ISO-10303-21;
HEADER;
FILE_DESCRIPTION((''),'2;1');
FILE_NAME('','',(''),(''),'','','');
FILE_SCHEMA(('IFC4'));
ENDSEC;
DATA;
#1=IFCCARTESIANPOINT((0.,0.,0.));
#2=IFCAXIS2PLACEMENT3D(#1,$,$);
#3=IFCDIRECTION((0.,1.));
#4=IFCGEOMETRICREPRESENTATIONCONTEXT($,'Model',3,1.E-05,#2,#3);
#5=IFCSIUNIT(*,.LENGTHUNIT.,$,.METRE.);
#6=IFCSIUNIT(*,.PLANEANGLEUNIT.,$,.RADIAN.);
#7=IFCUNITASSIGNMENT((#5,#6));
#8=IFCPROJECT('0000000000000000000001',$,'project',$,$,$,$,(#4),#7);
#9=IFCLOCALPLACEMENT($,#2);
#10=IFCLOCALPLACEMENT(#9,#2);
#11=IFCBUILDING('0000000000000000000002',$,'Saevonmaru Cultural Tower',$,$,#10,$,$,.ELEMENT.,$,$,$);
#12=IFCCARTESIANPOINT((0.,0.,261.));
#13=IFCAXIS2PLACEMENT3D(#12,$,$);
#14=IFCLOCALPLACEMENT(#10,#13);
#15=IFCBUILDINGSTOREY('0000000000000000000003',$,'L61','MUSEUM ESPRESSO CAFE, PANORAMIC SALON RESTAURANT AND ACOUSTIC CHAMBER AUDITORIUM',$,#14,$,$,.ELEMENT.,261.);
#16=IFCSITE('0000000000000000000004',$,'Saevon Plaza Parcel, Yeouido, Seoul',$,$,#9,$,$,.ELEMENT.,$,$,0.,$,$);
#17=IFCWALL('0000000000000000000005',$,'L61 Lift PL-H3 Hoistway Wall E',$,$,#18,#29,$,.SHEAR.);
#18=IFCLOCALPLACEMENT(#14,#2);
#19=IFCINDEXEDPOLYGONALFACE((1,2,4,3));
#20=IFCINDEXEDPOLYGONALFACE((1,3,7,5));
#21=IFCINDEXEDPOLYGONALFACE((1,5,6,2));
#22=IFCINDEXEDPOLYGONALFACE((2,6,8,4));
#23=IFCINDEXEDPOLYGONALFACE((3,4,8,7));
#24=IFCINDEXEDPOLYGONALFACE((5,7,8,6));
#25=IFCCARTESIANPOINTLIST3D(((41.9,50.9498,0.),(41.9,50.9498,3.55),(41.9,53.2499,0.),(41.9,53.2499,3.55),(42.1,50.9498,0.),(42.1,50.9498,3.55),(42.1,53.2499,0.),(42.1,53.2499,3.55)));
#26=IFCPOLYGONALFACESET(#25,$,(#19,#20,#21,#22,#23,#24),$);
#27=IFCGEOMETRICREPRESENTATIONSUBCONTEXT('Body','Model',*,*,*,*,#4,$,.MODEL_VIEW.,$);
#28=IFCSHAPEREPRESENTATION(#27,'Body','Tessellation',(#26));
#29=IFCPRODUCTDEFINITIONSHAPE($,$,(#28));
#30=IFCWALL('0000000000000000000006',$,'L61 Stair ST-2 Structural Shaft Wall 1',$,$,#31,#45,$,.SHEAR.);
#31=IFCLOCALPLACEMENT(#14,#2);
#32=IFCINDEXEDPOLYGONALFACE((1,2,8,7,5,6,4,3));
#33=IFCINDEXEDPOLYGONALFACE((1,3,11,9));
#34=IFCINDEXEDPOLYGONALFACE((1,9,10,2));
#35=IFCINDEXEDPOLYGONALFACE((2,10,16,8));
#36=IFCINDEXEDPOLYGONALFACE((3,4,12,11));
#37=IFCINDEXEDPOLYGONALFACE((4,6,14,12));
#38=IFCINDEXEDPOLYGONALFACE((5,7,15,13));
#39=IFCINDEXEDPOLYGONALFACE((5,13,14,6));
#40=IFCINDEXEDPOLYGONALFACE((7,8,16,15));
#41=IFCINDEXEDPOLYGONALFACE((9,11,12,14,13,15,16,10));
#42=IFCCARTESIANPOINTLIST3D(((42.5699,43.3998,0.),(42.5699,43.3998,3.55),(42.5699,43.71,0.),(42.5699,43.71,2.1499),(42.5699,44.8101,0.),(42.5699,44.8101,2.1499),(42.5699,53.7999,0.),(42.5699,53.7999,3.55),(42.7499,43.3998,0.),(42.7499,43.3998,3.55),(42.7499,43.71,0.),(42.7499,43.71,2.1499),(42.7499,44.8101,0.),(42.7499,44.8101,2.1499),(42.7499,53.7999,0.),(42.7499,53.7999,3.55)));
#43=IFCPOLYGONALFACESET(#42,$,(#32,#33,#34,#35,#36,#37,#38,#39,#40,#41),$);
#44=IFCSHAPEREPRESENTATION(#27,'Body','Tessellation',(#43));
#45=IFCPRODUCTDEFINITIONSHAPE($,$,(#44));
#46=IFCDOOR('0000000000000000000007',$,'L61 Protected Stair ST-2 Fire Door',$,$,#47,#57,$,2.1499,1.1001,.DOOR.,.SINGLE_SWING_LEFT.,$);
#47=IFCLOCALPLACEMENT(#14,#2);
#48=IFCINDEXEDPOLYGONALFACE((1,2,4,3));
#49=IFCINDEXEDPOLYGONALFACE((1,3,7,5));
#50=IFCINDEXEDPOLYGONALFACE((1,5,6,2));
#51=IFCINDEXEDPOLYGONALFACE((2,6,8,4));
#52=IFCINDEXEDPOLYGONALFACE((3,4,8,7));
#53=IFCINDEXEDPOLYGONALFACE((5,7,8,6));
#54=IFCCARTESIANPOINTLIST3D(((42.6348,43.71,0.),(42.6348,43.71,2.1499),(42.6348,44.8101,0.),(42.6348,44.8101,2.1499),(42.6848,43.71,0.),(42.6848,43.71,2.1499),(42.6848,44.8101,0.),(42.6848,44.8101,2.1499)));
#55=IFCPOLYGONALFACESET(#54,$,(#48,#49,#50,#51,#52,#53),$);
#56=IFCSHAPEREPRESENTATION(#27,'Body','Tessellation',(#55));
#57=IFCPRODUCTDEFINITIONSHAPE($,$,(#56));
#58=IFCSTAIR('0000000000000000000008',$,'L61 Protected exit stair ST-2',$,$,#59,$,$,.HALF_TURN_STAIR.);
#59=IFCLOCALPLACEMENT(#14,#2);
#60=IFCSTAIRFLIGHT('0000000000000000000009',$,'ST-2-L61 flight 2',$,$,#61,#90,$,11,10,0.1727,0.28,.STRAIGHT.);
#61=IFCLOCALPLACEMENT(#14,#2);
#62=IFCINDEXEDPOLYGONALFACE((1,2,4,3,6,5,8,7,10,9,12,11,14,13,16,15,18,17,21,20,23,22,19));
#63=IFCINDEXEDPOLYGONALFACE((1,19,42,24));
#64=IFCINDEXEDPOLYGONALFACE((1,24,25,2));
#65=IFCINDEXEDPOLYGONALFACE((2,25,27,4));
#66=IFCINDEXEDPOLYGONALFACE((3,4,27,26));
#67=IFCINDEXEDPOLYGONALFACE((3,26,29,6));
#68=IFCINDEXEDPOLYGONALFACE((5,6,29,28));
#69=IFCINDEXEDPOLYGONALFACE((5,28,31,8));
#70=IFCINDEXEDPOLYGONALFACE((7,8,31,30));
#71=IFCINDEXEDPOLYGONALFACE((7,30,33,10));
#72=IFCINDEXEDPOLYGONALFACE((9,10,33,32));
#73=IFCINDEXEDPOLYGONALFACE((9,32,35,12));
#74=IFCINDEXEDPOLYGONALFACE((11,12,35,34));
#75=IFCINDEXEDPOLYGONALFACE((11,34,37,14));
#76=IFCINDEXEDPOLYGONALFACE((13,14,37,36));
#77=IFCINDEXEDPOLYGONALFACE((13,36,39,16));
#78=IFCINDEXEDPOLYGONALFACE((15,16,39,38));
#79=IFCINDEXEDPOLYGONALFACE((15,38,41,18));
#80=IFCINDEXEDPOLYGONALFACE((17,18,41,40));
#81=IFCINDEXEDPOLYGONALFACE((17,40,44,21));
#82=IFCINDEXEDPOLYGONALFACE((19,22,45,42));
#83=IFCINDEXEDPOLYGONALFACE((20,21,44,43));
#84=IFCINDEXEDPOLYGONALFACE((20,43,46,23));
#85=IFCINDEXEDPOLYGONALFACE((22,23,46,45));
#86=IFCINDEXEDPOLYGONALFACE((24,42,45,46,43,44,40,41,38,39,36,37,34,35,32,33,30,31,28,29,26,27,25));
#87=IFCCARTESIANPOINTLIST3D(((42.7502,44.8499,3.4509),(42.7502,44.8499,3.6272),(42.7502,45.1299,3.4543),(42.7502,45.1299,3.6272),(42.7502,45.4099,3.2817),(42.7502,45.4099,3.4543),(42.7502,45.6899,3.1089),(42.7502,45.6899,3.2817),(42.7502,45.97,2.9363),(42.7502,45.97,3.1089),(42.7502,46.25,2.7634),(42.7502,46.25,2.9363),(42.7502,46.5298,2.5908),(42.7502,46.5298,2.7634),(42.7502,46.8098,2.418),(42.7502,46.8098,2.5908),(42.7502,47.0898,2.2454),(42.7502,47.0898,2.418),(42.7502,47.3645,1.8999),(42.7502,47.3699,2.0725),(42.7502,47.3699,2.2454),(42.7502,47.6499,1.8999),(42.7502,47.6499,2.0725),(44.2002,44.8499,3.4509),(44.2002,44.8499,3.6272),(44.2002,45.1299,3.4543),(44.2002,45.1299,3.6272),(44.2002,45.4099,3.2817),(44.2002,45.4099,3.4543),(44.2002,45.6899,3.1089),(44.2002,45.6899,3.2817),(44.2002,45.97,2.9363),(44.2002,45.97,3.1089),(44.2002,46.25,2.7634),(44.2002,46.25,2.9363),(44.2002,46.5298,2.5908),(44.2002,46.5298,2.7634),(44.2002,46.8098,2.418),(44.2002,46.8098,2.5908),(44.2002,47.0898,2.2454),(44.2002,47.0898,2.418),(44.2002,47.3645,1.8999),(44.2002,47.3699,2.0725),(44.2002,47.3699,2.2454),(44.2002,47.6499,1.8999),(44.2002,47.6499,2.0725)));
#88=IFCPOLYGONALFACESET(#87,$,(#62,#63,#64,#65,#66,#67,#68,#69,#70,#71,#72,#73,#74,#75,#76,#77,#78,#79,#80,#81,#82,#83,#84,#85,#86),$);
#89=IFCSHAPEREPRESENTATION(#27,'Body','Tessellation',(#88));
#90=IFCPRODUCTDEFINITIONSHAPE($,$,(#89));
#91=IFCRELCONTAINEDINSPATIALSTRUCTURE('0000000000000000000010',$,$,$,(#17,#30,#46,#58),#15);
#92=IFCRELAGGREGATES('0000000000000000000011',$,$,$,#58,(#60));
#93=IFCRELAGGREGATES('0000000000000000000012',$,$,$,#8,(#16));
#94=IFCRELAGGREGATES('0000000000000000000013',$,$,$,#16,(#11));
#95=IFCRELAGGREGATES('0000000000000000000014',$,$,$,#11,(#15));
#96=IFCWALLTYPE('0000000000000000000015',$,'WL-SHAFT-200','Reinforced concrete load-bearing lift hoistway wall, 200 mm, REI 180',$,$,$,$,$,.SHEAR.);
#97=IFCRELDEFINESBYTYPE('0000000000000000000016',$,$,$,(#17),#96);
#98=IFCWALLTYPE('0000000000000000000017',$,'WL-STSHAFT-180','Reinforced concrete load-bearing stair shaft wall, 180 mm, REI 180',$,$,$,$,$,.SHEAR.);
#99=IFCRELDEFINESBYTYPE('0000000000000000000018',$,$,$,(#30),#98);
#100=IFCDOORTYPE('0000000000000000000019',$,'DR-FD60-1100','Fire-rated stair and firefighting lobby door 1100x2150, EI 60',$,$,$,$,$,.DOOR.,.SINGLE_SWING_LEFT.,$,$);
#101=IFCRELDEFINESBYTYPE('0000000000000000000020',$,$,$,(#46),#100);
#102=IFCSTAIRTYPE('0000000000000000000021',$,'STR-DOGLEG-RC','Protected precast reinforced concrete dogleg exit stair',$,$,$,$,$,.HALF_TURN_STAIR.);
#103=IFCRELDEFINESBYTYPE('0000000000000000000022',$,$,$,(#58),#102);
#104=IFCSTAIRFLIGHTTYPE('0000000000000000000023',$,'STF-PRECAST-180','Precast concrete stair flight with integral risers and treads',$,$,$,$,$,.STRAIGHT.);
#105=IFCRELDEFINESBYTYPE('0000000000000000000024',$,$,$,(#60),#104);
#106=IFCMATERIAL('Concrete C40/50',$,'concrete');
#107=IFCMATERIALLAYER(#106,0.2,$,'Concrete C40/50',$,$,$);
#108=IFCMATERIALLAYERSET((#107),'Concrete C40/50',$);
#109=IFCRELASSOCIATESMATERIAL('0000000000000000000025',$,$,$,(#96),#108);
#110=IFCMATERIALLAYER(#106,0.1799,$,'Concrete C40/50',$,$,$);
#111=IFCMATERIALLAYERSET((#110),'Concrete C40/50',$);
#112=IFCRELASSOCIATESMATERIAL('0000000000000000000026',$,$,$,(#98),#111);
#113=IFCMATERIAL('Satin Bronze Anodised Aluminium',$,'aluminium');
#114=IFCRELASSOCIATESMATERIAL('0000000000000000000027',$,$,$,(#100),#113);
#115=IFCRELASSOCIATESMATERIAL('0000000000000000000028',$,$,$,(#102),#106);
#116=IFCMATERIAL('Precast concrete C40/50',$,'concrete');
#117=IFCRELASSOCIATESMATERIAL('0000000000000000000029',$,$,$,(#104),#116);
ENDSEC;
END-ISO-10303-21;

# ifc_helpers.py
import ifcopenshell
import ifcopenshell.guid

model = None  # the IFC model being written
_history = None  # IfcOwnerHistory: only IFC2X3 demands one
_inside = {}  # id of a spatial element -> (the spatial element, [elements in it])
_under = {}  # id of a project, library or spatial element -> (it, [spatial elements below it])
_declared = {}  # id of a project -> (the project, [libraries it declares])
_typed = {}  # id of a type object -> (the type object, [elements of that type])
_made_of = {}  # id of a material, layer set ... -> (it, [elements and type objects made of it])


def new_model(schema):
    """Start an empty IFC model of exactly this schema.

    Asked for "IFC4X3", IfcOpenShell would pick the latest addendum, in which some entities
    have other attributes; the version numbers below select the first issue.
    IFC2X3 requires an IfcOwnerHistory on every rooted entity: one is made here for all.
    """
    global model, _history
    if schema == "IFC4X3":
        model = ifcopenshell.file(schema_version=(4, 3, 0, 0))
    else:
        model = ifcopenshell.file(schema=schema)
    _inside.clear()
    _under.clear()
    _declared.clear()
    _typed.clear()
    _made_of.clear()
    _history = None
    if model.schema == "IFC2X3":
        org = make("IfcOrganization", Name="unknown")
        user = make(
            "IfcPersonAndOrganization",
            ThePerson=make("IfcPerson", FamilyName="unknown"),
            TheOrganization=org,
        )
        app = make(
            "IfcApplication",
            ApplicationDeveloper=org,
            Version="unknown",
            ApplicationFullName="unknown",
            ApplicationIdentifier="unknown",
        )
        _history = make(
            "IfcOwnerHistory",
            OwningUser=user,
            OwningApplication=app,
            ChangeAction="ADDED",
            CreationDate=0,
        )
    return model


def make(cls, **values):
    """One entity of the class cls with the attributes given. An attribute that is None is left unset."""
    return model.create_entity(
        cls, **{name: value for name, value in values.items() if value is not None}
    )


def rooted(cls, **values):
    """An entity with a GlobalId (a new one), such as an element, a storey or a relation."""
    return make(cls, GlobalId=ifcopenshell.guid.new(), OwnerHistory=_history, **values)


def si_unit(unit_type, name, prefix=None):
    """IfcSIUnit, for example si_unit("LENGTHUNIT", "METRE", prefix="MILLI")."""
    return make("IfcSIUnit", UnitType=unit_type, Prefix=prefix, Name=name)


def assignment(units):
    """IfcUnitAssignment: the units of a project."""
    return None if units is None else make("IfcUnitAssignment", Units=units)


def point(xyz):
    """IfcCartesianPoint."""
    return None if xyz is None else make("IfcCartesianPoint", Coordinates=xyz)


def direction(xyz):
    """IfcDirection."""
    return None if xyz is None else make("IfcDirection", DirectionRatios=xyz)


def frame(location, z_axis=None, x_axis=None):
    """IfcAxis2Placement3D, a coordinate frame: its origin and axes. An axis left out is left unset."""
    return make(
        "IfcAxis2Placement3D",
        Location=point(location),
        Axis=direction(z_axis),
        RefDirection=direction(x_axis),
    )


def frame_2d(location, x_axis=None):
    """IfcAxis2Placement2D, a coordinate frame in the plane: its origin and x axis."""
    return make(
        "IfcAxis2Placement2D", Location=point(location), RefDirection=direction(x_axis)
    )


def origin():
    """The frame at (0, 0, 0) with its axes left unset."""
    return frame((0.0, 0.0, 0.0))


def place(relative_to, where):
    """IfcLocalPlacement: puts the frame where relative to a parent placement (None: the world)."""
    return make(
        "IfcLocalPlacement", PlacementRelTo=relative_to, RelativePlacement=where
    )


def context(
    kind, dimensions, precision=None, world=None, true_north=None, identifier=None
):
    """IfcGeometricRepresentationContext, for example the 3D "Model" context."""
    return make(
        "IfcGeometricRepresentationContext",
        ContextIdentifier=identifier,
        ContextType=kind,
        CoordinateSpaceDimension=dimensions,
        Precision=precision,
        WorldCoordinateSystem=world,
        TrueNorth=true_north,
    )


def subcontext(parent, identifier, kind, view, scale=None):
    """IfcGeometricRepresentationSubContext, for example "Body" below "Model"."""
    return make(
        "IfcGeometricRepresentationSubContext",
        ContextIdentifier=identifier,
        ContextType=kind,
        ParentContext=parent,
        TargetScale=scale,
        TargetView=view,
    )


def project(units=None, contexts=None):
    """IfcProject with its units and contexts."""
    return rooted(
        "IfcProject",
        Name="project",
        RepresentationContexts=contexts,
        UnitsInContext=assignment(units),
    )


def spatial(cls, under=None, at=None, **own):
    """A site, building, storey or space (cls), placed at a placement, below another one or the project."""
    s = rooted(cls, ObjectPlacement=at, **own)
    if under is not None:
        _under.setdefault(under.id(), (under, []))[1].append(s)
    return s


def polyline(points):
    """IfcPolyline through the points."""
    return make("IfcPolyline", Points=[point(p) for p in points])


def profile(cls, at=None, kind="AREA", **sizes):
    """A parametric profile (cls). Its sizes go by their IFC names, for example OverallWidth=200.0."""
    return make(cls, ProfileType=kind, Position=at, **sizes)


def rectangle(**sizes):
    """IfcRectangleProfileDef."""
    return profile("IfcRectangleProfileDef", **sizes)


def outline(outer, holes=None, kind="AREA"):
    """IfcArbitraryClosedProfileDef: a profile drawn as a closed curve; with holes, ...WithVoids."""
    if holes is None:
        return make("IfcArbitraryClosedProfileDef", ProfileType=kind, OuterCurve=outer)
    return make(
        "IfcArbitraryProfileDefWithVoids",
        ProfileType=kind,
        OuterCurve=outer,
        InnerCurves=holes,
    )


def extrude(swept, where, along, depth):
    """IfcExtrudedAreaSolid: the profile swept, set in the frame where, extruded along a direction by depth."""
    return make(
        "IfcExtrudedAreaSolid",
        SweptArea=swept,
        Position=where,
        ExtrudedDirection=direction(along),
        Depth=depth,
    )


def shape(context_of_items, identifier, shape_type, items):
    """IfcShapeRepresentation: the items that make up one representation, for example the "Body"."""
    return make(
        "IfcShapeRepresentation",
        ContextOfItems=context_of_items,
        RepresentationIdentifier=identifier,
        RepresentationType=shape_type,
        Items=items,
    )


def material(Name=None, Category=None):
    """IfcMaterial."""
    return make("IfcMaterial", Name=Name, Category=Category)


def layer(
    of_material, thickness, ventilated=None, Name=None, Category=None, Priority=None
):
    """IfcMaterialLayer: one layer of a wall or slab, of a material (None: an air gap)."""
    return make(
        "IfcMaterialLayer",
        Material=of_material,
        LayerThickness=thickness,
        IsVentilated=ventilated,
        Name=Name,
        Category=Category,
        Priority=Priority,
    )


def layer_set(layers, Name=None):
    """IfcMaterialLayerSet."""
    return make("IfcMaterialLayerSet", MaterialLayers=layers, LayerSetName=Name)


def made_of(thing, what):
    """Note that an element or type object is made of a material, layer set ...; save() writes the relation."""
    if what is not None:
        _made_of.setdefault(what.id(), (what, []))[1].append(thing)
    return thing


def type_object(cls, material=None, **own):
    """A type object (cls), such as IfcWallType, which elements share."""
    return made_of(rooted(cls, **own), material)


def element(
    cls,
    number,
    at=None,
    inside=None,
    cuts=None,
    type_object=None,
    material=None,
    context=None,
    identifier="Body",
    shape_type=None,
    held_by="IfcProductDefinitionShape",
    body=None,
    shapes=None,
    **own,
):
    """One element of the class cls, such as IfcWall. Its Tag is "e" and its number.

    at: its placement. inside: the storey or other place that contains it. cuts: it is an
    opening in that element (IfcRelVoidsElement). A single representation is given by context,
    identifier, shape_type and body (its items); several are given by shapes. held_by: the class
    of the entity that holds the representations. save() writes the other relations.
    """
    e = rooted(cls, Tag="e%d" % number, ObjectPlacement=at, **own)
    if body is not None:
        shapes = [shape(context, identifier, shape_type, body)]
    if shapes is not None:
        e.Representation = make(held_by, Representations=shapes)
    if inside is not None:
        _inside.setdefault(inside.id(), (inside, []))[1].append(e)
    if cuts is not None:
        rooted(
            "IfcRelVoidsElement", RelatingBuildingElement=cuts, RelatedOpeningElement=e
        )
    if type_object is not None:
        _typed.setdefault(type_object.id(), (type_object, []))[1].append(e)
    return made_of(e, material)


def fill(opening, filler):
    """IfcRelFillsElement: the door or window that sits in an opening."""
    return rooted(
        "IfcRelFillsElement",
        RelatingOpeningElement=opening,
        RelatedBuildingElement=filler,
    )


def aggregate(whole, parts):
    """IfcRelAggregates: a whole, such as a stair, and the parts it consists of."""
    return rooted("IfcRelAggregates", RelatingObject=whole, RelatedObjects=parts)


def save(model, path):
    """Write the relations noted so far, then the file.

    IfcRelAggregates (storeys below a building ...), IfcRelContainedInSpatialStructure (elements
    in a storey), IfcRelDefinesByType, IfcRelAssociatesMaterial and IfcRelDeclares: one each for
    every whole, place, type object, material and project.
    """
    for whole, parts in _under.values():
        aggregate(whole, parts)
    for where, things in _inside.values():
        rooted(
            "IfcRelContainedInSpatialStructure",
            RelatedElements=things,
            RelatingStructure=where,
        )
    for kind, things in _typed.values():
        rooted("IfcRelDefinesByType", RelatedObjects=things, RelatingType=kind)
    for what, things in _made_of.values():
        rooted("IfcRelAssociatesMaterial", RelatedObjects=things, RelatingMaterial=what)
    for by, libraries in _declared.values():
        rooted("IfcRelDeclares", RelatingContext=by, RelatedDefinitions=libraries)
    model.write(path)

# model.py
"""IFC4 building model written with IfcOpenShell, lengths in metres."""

from ifc_helpers import new_model, si_unit, direction, frame, frame_2d, origin, place, context, subcontext, project, spatial, polyline, rectangle, outline, extrude, material, layer, layer_set, type_object, element, fill, aggregate, save


model = new_model("IFC4")

# Units and contexts
model_context = context("Model", 3, precision=1e-05, world=origin(), true_north=direction((0.0, 1.0)))
body_context = subcontext(model_context, "Body", "Model", "MODEL_VIEW")
ifc_project = project(units=[si_unit("LENGTHUNIT", "METRE"), si_unit("PLANEANGLEUNIT", "RADIAN")], contexts=[model_context])

# Site, building, storey
site_placement = place(None, origin())
site = spatial("IfcSite", under=ifc_project, at=site_placement, Name="Saevon Plaza Parcel, Yeouido, Seoul", CompositionType="ELEMENT", RefElevation=0.0)
building_placement = place(site_placement, origin())
building = spatial("IfcBuilding", under=site, at=building_placement, Name="Saevonmaru Cultural Tower", CompositionType="ELEMENT")
storey_placement = place(building_placement, frame((0.0, 0.0, 261.0)))
storey = spatial("IfcBuildingStorey", under=building, at=storey_placement, Name="L61", Description="MUSEUM ESPRESSO CAFE, PANORAMIC SALON RESTAURANT AND ACOUSTIC CHAMBER AUDITORIUM", CompositionType="ELEMENT", Elevation=261.0)

# Shared definitions
ifc_material_1 = material(Name="Satin Bronze Anodised Aluminium", Category="aluminium")

# Shared definitions
ifc_material_2 = material(Name="Concrete C40/50", Category="concrete")
ifc_layer_1 = layer(ifc_material_2, 0.2, Name="Concrete C40/50")
ifc_layer_set_1 = layer_set([ifc_layer_1], Name="Concrete C40/50")
wall_type_1 = type_object("IfcWallType", Name="WL-SHAFT-200", Description="Reinforced concrete load-bearing lift hoistway wall, 200 mm, REI 180", PredefinedType="SHEAR", material=ifc_layer_set_1)

# Wall
for number, where, z_axis, x_axis, name in (
    (1, (42.0, 50.95, 0.0), (0.0, 0.0, 1.0), (0.0, 1.0, 0.0), "L61 Lift PL-H3 Hoistway Wall E"),
):
    element("IfcWall", number, at=place(storey_placement, frame(where, z_axis=z_axis, x_axis=x_axis)), inside=storey, type_object=wall_type_1, Name=name, PredefinedType="SHEAR", context=body_context, shape_type="SweptSolid", body=[
        extrude(rectangle(XDim=2.3, YDim=0.2, at=frame_2d((1.1499, 0.0))), origin(), (0.0, 0.0, 1.0), 3.55),
    ])

# Wall, opening, door
ifc_layer_2 = layer(ifc_material_2, 0.1799, Name="Concrete C40/50")
ifc_layer_set_2 = layer_set([ifc_layer_2], Name="Concrete C40/50")
wall_type_2 = type_object("IfcWallType", Name="WL-STSHAFT-180", Description="Reinforced concrete load-bearing stair shaft wall, 180 mm, REI 180", PredefinedType="SHEAR", material=ifc_layer_set_2)
wall_1_placement = place(storey_placement, frame((42.6599, 53.8, 0.0), z_axis=(0.0, 0.0, 1.0), x_axis=(0.0, -1.0, 0.0)))
wall_1 = element("IfcWall", 2, at=wall_1_placement, inside=storey, type_object=wall_type_2, Name="L61 Stair ST-2 Structural Shaft Wall 1", PredefinedType="SHEAR", context=body_context, shape_type="SweptSolid", body=[
    extrude(rectangle(XDim=10.4001, YDim=0.1799, at=frame_2d((5.2002, 0.0))), origin(), (0.0, 0.0, 1.0), 3.55),
])
opening_1_placement = place(wall_1_placement, frame((8.99, 0.0, 0.0)))
opening_1 = element("IfcOpeningElement", 3, at=opening_1_placement, cuts=wall_1, PredefinedType="OPENING", context=body_context, shape_type="SweptSolid", body=[
    extrude(rectangle(XDim=1.1001, YDim=2.1499, at=frame_2d((0.55, 1.075))), frame((0.0, 0.1001, 0.0), z_axis=(0.0, -1.0, 0.0), x_axis=(1.0, 0.0, 0.0)), (0.0, 0.0, 1.0), 0.2),
])
door_type_1 = type_object("IfcDoorType", Name="DR-FD60-1100", Description="Fire-rated stair and firefighting lobby door 1100x2150, EI 60", OperationType="SINGLE_SWING_LEFT", PredefinedType="DOOR", material=ifc_material_1)
door_1_placement = place(opening_1_placement, origin())
door_1 = element("IfcDoor", 4, at=door_1_placement, inside=storey, type_object=door_type_1, Name="L61 Protected Stair ST-2 Fire Door", OperationType="SINGLE_SWING_LEFT", OverallHeight=2.1499, OverallWidth=1.1001, PredefinedType="DOOR", context=body_context, shape_type="SweptSolid", body=[
    extrude(rectangle(XDim=1.1001, YDim=2.1499, at=frame_2d((0.55, 1.075))), frame((0.0, 0.0249, 0.0), z_axis=(0.0, -1.0, 0.0), x_axis=(1.0, 0.0, 0.0)), (0.0, 0.0, 1.0), 0.05),
])
fill(opening_1, door_1)

# Stair, stair flight
stair_type = type_object("IfcStairType", Name="STR-DOGLEG-RC", Description="Protected precast reinforced concrete dogleg exit stair", PredefinedType="HALF_TURN_STAIR", material=ifc_material_2)
stair_placement = place(storey_placement, origin())
stair = element("IfcStair", 5, at=stair_placement, inside=storey, type_object=stair_type, Name="L61 Protected exit stair ST-2", PredefinedType="HALF_TURN_STAIR")
ifc_material_3 = material(Name="Precast concrete C40/50", Category="concrete")
stair_flight_type = type_object("IfcStairFlightType", Name="STF-PRECAST-180", Description="Precast concrete stair flight with integral risers and treads", PredefinedType="STRAIGHT", material=ifc_material_3)
stair_flight_placement = place(storey_placement, frame((43.4751, 47.6499, 1.8999), z_axis=(0.0, 0.0, 1.0), x_axis=(0.0, -1.0, 0.0)))
stair_flight = element("IfcStairFlight", 6, at=stair_flight_placement, type_object=stair_flight_type, Name="ST-2-L61 flight 2", NumberOfRisers=11, NumberOfTreads=10, PredefinedType="STRAIGHT", RiserHeight=0.1727, TreadLength=0.28, context=body_context, shape_type="SweptSolid", body=[
    extrude(outline(polyline([(0.0, 0.0), (0.0, 0.1726), (0.28, 0.1726), (0.28, 0.3455), (0.5601, 0.3455), (0.5601, 0.5181), (0.8401, 0.5181), (0.8401, 0.6909), (1.1201, 0.6909), (1.1201, 0.8635), (1.3999, 0.8635), (1.3999, 1.0364), (1.6799, 1.0364), (1.6799, 1.209), (1.96, 1.209), (1.96, 1.3818), (2.24, 1.3818), (2.24, 1.5544), (2.52, 1.5544), (2.52, 1.7273), (2.8, 1.7273), (2.8, 1.8999), (2.8, 1.551), (0.2854, 0.0), (0.0, 0.0)])), frame((0.0, 0.7251, 0.0), z_axis=(0.0, -1.0, 0.0), x_axis=(1.0, 0.0, 0.0)), (0.0, 0.0, 1.0), 1.45),
])
aggregate(stair, [stair_flight])

save(model, "model.ifc")
